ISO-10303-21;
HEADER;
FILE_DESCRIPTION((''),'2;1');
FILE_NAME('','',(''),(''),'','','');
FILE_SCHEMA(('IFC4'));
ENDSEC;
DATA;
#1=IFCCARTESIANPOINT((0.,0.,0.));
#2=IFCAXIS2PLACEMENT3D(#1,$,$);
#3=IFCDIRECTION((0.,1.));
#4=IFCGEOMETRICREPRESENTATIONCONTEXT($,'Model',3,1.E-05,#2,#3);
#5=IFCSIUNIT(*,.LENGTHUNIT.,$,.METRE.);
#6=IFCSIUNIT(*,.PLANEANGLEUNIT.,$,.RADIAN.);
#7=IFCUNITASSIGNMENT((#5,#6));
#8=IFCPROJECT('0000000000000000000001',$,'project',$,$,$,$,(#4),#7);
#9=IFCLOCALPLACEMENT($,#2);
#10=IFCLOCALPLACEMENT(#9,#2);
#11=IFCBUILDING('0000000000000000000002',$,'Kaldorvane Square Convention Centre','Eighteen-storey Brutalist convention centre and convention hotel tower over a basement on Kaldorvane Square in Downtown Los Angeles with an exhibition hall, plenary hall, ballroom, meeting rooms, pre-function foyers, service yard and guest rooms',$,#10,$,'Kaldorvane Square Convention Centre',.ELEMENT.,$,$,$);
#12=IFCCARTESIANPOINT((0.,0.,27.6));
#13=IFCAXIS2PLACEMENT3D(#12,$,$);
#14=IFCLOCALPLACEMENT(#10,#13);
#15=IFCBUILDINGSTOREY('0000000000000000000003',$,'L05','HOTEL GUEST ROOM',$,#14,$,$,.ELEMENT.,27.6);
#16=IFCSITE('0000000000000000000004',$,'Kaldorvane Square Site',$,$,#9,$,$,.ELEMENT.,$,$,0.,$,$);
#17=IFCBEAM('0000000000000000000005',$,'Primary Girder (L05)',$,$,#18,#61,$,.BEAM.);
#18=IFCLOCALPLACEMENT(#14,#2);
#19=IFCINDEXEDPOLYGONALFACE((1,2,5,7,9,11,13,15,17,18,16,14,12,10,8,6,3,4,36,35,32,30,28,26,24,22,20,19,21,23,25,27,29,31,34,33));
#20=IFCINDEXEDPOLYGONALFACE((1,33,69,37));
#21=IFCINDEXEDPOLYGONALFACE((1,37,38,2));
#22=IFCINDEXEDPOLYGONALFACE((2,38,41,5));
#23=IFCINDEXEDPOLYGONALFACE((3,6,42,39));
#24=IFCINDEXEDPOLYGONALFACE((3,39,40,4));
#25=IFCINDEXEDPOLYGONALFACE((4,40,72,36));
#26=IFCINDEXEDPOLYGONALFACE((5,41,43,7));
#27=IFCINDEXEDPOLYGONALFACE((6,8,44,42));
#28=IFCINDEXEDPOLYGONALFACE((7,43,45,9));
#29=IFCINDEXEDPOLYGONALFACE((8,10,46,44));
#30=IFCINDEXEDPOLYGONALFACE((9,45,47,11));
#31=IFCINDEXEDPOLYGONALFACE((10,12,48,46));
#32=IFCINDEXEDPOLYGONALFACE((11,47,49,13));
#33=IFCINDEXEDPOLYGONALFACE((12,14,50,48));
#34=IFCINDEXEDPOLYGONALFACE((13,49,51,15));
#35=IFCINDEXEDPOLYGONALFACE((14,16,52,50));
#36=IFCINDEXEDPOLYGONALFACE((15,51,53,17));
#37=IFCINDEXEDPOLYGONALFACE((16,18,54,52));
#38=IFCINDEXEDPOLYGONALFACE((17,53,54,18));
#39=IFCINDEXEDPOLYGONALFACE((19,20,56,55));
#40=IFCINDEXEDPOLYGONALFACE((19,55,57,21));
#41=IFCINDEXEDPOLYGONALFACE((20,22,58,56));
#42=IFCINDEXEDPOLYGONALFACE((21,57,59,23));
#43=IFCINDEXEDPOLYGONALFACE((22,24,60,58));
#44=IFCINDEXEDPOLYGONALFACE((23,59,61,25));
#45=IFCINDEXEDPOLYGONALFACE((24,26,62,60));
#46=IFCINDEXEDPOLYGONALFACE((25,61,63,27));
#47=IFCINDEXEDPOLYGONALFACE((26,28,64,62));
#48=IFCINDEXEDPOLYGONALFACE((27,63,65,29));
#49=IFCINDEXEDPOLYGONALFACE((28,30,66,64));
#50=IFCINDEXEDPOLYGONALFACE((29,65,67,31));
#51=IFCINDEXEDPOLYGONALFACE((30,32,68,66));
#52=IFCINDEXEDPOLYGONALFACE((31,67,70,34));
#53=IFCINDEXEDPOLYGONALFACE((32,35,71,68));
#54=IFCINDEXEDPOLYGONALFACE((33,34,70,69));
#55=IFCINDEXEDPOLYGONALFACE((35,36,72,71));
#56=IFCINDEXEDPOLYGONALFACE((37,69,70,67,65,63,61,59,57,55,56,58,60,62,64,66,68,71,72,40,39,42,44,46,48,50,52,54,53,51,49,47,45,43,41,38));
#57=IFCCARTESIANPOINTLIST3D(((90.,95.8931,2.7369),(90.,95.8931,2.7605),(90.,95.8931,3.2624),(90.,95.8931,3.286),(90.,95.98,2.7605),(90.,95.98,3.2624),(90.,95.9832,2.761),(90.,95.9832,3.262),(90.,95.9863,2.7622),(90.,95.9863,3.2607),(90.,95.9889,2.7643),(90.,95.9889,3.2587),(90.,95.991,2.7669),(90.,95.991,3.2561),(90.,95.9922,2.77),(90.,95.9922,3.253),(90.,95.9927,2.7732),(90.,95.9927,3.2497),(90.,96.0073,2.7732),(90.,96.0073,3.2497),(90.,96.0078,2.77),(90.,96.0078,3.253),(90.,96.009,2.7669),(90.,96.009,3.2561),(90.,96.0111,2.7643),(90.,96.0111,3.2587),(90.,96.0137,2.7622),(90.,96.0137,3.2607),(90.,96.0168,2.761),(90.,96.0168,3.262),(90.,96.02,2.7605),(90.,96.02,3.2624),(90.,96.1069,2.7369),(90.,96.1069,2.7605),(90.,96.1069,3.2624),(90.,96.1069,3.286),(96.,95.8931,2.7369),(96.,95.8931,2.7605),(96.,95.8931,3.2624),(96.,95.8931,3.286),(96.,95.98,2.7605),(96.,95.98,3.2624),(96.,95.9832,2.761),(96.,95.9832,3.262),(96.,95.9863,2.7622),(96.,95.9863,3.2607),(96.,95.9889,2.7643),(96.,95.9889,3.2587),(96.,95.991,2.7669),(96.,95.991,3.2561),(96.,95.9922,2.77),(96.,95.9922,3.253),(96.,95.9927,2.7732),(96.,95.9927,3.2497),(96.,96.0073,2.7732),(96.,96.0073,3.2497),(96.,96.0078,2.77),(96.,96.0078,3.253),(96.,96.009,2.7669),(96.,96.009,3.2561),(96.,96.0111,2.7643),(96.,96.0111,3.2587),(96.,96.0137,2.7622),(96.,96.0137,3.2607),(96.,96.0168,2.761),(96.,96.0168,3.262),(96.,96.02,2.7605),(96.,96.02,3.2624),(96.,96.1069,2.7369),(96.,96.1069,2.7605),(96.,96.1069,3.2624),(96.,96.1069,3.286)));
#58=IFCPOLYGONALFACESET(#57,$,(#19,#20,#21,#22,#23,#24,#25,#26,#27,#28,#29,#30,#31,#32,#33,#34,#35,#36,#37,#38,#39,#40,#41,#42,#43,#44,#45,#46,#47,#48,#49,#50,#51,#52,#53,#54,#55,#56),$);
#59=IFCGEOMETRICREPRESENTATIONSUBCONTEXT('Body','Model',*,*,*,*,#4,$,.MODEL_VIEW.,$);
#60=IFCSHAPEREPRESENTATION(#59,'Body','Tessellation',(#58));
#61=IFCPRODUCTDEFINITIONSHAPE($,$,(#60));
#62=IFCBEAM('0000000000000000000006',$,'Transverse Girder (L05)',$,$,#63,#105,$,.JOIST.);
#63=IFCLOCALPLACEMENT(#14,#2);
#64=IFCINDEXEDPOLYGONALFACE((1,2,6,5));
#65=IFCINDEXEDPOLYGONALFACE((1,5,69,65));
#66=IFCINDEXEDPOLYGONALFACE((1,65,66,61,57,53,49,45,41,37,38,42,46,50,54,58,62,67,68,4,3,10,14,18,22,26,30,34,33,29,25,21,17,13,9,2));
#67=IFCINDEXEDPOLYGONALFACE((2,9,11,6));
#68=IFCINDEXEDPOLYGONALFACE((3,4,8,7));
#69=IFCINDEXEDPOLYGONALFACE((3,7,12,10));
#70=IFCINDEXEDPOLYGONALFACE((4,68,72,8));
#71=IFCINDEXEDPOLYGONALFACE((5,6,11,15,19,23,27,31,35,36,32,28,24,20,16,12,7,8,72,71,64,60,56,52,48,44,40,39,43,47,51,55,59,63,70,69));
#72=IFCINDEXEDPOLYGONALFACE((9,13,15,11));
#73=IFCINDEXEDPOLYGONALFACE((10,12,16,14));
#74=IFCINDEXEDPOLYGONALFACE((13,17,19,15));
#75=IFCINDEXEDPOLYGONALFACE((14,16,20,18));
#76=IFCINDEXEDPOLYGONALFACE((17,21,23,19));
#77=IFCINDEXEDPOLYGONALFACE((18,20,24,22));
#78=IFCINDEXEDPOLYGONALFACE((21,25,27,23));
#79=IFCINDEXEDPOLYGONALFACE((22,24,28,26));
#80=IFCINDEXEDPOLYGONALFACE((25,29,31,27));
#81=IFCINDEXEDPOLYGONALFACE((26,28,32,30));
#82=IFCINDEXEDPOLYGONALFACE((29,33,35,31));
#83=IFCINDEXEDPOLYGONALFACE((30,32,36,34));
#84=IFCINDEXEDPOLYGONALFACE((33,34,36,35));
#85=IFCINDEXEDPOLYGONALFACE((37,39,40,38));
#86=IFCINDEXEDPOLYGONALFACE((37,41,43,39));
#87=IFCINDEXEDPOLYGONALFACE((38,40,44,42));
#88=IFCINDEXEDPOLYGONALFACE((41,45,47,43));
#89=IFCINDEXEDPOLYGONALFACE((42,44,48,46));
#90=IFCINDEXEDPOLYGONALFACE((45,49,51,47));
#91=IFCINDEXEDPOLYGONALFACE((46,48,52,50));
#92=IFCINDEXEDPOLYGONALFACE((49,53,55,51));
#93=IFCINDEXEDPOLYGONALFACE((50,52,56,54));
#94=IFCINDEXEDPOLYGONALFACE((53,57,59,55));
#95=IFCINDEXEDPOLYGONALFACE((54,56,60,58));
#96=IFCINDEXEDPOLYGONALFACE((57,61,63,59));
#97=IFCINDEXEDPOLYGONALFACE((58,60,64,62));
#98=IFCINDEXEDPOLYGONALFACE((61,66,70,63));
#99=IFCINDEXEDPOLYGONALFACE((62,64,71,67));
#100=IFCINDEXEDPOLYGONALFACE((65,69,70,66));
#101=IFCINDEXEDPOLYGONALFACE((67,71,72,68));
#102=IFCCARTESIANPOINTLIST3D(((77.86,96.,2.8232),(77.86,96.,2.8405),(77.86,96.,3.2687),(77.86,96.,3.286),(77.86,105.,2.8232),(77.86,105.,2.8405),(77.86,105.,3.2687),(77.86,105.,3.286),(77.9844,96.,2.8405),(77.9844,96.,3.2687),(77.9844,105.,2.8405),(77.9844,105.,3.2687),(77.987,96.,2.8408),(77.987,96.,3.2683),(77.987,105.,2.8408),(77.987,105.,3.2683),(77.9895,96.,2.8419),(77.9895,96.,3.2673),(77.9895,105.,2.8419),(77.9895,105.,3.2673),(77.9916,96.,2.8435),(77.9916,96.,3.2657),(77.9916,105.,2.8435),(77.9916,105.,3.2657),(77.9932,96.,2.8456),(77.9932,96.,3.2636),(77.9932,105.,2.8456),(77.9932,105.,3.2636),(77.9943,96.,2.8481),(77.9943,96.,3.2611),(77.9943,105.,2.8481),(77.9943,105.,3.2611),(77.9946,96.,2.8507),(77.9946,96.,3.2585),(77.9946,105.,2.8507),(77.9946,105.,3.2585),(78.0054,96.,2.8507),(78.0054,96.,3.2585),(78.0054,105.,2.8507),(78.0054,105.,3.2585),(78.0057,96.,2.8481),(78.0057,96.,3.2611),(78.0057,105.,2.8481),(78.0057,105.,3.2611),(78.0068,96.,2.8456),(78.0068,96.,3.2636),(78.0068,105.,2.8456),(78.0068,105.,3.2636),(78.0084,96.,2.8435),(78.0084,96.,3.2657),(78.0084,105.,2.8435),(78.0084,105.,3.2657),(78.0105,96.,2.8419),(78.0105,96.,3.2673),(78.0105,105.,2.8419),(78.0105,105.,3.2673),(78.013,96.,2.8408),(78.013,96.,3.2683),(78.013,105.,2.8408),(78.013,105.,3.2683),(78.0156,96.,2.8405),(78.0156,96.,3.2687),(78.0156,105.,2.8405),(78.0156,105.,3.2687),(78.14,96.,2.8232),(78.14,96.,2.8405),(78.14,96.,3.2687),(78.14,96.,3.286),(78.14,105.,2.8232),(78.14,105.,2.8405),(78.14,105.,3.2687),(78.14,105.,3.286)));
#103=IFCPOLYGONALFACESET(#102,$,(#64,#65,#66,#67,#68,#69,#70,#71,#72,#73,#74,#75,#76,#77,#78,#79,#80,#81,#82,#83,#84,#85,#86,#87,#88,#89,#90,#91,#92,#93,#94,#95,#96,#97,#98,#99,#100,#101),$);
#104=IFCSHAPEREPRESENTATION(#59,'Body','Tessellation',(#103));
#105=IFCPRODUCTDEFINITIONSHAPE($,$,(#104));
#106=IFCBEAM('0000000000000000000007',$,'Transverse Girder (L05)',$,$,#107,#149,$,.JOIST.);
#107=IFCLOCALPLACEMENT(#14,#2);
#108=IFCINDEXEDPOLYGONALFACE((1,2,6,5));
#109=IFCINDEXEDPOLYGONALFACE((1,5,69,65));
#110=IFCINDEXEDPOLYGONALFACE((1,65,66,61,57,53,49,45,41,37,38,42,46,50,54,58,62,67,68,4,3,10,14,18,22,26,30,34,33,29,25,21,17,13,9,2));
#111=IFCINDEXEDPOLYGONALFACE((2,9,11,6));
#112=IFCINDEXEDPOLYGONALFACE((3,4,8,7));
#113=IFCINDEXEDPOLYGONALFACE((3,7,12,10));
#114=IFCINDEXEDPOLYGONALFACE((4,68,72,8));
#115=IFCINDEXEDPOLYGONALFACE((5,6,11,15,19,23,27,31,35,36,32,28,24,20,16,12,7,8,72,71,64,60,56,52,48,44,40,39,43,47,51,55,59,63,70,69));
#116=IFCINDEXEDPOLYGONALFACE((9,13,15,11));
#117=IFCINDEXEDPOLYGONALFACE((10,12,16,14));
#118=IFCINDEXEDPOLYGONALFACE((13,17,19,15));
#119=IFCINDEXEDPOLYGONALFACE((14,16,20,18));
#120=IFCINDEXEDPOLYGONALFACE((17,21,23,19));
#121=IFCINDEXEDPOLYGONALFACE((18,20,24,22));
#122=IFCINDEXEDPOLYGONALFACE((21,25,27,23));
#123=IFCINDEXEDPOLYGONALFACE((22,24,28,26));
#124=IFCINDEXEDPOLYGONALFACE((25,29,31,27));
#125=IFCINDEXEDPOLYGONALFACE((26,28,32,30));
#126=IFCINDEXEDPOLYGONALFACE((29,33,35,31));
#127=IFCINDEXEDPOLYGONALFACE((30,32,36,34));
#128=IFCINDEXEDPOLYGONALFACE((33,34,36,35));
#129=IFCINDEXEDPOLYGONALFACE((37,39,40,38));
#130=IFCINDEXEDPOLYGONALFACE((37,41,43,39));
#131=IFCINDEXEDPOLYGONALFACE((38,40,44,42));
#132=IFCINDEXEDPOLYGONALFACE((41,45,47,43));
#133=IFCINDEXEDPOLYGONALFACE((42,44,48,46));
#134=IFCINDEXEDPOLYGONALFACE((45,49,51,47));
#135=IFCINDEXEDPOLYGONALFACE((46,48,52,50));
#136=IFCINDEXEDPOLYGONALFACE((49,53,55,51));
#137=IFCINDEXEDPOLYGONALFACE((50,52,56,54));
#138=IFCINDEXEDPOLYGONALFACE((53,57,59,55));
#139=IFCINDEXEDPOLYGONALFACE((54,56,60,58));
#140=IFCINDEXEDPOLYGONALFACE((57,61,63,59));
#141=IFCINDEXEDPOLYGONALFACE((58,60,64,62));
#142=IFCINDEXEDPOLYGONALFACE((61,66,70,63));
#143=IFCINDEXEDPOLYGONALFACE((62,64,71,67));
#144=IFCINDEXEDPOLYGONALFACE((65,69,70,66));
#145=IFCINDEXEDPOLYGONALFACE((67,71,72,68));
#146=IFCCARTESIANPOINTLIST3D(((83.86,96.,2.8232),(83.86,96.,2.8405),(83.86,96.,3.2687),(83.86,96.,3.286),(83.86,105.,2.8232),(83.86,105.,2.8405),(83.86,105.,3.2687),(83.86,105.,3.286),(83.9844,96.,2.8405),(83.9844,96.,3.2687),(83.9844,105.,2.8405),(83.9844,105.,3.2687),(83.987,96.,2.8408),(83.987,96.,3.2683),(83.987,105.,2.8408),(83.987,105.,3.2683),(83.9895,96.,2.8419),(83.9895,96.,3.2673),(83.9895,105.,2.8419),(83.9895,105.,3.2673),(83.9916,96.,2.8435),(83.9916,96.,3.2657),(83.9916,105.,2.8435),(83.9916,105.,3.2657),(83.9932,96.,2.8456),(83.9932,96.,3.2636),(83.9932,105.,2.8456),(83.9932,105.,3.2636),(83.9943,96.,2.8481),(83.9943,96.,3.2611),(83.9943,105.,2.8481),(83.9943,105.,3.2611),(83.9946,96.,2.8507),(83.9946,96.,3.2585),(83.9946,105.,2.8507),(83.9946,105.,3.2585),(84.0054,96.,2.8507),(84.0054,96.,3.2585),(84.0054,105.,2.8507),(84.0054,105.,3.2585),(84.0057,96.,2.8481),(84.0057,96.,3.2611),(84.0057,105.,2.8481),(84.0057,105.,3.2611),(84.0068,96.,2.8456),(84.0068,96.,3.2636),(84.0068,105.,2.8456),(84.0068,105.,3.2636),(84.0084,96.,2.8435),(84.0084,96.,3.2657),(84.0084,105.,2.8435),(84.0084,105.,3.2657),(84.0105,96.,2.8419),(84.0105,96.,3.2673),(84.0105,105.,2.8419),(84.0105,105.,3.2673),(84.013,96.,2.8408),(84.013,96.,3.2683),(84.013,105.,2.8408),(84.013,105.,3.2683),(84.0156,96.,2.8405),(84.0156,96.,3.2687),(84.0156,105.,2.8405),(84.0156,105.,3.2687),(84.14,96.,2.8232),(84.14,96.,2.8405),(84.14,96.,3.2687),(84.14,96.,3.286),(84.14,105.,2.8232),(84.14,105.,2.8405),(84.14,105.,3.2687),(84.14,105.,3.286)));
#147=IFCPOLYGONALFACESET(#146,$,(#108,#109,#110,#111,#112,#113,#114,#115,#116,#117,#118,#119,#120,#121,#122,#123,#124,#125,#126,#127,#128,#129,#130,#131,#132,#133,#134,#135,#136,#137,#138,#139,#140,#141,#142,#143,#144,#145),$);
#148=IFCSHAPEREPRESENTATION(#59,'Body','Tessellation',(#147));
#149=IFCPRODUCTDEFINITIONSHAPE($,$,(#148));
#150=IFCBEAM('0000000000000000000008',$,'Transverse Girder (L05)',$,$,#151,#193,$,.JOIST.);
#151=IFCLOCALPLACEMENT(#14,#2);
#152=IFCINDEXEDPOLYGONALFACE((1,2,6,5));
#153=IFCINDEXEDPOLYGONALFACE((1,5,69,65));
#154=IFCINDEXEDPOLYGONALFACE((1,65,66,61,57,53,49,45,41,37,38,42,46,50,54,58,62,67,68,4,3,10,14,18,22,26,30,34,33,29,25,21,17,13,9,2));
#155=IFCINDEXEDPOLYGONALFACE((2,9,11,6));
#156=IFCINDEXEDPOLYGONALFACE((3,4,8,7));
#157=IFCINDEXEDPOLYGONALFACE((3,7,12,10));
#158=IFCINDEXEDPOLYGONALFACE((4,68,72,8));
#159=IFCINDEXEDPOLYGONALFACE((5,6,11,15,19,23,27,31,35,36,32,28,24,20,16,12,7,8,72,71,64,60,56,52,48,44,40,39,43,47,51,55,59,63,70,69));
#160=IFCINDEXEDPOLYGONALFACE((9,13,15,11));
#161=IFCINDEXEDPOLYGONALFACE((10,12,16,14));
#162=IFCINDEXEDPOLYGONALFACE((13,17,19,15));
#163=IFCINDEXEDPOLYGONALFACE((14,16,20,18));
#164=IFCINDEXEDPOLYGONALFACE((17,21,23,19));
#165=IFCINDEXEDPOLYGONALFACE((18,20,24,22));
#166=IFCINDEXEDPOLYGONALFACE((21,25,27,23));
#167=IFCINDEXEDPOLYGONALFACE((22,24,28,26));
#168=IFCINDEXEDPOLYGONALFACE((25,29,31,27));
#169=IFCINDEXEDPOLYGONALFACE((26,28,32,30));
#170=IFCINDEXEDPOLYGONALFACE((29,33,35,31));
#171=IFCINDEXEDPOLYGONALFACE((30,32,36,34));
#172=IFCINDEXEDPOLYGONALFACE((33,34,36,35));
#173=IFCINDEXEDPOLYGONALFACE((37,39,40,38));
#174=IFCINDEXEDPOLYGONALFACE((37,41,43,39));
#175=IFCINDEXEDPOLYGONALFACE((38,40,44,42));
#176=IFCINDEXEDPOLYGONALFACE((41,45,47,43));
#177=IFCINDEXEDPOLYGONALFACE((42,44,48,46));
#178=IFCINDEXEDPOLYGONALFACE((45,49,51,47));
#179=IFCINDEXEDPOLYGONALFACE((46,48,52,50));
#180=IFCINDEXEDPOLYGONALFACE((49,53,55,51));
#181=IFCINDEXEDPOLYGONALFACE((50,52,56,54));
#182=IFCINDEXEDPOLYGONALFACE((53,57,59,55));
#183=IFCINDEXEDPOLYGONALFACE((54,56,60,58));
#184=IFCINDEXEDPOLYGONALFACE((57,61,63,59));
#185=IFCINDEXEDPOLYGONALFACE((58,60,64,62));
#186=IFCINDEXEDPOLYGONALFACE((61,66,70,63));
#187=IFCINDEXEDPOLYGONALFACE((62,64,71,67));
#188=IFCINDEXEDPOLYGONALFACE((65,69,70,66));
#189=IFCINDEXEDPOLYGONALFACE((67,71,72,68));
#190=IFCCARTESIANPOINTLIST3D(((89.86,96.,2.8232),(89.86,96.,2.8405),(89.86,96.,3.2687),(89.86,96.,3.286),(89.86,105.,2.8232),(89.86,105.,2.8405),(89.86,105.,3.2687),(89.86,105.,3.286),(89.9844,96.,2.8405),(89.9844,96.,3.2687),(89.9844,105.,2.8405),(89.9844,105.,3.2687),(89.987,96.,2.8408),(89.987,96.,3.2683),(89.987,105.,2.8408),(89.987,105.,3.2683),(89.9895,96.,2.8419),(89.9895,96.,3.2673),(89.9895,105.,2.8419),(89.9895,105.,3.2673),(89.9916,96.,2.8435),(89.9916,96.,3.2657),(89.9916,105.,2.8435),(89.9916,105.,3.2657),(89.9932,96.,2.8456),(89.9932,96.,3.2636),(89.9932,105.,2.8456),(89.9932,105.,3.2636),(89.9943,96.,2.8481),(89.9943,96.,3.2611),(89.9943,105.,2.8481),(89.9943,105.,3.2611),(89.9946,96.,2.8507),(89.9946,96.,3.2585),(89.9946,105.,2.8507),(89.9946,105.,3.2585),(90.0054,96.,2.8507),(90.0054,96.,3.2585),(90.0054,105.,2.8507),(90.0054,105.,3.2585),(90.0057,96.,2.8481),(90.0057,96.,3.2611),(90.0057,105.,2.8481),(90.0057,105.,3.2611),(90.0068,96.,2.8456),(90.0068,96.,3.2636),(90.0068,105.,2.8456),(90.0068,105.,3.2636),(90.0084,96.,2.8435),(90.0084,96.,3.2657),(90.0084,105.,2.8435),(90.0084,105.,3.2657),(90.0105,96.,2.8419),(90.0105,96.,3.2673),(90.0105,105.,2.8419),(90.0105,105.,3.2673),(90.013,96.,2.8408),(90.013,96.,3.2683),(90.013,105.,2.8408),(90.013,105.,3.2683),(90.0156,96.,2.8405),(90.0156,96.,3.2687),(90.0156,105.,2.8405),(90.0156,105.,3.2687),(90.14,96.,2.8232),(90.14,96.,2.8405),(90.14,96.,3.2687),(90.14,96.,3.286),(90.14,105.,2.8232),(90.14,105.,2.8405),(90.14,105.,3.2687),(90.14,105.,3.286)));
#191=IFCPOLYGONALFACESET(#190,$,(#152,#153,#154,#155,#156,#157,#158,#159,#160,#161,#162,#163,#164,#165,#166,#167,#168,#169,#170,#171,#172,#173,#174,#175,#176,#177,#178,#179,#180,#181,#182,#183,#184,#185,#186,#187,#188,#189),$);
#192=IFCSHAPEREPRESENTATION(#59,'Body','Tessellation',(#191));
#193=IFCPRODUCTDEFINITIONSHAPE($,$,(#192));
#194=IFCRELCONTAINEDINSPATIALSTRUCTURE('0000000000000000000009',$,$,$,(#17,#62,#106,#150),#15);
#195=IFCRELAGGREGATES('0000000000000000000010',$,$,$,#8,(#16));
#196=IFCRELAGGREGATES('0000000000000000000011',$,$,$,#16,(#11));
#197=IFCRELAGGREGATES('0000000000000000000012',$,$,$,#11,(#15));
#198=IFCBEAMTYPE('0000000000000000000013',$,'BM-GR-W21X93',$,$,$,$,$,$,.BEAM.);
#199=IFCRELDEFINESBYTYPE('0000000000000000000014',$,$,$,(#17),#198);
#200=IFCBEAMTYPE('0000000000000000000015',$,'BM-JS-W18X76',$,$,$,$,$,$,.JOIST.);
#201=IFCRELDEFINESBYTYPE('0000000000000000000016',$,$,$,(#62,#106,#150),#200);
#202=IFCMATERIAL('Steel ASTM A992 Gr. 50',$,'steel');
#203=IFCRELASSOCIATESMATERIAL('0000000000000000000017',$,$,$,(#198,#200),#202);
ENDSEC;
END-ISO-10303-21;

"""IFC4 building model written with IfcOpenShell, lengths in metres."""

from ifc_helpers import new_model, si_unit, direction, frame, origin, origin_2d, place, context, subcontext, project, spatial, i_section, extrude, material, material_profile, profile_set, type_object, element, save


model = new_model("IFC4")

# Units and contexts
model_context = context("Model", 3, precision=1e-05, world=origin(), true_north=direction((0.0, 1.0)))
body_context = subcontext(model_context, "Body", "Model", "MODEL_VIEW")
ifc_project = project(units=[si_unit("LENGTHUNIT", "METRE"), si_unit("PLANEANGLEUNIT", "RADIAN")], contexts=[model_context])

# Site, building, storey
site_placement = place(None, origin())
site = spatial("IfcSite", under=ifc_project, at=site_placement, Name="Kaldorvane Square Site", CompositionType="ELEMENT", RefElevation=0.0)
building_placement = place(site_placement, origin())
building = spatial("IfcBuilding", under=site, at=building_placement, Name="Kaldorvane Square Convention Centre", Description="Eighteen-storey Brutalist convention centre and convention hotel tower over a basement on Kaldorvane Square in Downtown Los Angeles with an exhibition hall, plenary hall, ballroom, meeting rooms, pre-function foyers, service yard and guest rooms", LongName="Kaldorvane Square Convention Centre", CompositionType="ELEMENT")
storey_placement = place(building_placement, frame((0.0, 0.0, 27.6)))
storey = spatial("IfcBuildingStorey", under=building, at=storey_placement, Name="L05", Description="HOTEL GUEST ROOM", CompositionType="ELEMENT", Elevation=27.6)

# Shared definitions
ifc_material_1 = material(Name="Steel ASTM A992 Gr. 50", Category="steel")

# Beams
ifc_material_profile_1 = material_profile(ifc_material_1, i_section(OverallWidth=0.2139, OverallDepth=0.5491, WebThickness=0.0147, FlangeThickness=0.0236, FilletRadius=0.0127, at=origin_2d()), Name="W21X93")
ifc_profile_set_1 = profile_set([ifc_material_profile_1], Name="Steel ASTM A992 Gr. 50")
beam_type_1 = type_object("IfcBeamType", Name="BM-GR-W21X93", PredefinedType="BEAM", material=ifc_profile_set_1)
for number, where, z_axis, x_axis, name in (
    (1, (90.0, 96.0, 3.0115), (1.0, 0.0, 0.0), (0.0, 1.0, 0.0), "Primary Girder (L05)"),
):
    element("IfcBeam", number, at=place(storey_placement, frame(where, z_axis=z_axis, x_axis=x_axis)), inside=storey, type_object=beam_type_1, Name=name, PredefinedType="BEAM", context=body_context, shape_type="SweptSolid", body=[
        extrude(i_section(OverallWidth=0.2139, OverallDepth=0.5491, WebThickness=0.0147, FlangeThickness=0.0236, FilletRadius=0.0127, at=origin_2d()), origin(), (0.0, 0.0, 1.0), 6.0),
    ])
ifc_material_profile_2 = material_profile(ifc_material_1, i_section(OverallWidth=0.2799, OverallDepth=0.4628, WebThickness=0.0108, FlangeThickness=0.0173, FilletRadius=0.0102, at=origin_2d()), Name="W18X76")
ifc_profile_set_2 = profile_set([ifc_material_profile_2], Name="Steel ASTM A992 Gr. 50")
beam_type_2 = type_object("IfcBeamType", Name="BM-JS-W18X76", PredefinedType="JOIST", material=ifc_profile_set_2)
for number, where, z_axis, x_axis, name in (
    (2, (78.0, 96.0, 3.0546), (0.0, 1.0, 0.0), (-1.0, 0.0, 0.0), "Transverse Girder (L05)"),
    (3, (84.0, 96.0, 3.0546), (0.0, 1.0, 0.0), (-1.0, 0.0, 0.0), "Transverse Girder (L05)"),
    (4, (90.0, 96.0, 3.0546), (0.0, 1.0, 0.0), (-1.0, 0.0, 0.0), "Transverse Girder (L05)"),
):
    element("IfcBeam", number, at=place(storey_placement, frame(where, z_axis=z_axis, x_axis=x_axis)), inside=storey, type_object=beam_type_2, Name=name, PredefinedType="JOIST", context=body_context, shape_type="SweptSolid", body=[
        extrude(i_section(OverallWidth=0.2799, OverallDepth=0.4628, WebThickness=0.0108, FlangeThickness=0.0173, FilletRadius=0.0102, at=origin_2d()), origin(), (0.0, 0.0, 1.0), 9.0),
    ])

save(model, "model.ifc")
